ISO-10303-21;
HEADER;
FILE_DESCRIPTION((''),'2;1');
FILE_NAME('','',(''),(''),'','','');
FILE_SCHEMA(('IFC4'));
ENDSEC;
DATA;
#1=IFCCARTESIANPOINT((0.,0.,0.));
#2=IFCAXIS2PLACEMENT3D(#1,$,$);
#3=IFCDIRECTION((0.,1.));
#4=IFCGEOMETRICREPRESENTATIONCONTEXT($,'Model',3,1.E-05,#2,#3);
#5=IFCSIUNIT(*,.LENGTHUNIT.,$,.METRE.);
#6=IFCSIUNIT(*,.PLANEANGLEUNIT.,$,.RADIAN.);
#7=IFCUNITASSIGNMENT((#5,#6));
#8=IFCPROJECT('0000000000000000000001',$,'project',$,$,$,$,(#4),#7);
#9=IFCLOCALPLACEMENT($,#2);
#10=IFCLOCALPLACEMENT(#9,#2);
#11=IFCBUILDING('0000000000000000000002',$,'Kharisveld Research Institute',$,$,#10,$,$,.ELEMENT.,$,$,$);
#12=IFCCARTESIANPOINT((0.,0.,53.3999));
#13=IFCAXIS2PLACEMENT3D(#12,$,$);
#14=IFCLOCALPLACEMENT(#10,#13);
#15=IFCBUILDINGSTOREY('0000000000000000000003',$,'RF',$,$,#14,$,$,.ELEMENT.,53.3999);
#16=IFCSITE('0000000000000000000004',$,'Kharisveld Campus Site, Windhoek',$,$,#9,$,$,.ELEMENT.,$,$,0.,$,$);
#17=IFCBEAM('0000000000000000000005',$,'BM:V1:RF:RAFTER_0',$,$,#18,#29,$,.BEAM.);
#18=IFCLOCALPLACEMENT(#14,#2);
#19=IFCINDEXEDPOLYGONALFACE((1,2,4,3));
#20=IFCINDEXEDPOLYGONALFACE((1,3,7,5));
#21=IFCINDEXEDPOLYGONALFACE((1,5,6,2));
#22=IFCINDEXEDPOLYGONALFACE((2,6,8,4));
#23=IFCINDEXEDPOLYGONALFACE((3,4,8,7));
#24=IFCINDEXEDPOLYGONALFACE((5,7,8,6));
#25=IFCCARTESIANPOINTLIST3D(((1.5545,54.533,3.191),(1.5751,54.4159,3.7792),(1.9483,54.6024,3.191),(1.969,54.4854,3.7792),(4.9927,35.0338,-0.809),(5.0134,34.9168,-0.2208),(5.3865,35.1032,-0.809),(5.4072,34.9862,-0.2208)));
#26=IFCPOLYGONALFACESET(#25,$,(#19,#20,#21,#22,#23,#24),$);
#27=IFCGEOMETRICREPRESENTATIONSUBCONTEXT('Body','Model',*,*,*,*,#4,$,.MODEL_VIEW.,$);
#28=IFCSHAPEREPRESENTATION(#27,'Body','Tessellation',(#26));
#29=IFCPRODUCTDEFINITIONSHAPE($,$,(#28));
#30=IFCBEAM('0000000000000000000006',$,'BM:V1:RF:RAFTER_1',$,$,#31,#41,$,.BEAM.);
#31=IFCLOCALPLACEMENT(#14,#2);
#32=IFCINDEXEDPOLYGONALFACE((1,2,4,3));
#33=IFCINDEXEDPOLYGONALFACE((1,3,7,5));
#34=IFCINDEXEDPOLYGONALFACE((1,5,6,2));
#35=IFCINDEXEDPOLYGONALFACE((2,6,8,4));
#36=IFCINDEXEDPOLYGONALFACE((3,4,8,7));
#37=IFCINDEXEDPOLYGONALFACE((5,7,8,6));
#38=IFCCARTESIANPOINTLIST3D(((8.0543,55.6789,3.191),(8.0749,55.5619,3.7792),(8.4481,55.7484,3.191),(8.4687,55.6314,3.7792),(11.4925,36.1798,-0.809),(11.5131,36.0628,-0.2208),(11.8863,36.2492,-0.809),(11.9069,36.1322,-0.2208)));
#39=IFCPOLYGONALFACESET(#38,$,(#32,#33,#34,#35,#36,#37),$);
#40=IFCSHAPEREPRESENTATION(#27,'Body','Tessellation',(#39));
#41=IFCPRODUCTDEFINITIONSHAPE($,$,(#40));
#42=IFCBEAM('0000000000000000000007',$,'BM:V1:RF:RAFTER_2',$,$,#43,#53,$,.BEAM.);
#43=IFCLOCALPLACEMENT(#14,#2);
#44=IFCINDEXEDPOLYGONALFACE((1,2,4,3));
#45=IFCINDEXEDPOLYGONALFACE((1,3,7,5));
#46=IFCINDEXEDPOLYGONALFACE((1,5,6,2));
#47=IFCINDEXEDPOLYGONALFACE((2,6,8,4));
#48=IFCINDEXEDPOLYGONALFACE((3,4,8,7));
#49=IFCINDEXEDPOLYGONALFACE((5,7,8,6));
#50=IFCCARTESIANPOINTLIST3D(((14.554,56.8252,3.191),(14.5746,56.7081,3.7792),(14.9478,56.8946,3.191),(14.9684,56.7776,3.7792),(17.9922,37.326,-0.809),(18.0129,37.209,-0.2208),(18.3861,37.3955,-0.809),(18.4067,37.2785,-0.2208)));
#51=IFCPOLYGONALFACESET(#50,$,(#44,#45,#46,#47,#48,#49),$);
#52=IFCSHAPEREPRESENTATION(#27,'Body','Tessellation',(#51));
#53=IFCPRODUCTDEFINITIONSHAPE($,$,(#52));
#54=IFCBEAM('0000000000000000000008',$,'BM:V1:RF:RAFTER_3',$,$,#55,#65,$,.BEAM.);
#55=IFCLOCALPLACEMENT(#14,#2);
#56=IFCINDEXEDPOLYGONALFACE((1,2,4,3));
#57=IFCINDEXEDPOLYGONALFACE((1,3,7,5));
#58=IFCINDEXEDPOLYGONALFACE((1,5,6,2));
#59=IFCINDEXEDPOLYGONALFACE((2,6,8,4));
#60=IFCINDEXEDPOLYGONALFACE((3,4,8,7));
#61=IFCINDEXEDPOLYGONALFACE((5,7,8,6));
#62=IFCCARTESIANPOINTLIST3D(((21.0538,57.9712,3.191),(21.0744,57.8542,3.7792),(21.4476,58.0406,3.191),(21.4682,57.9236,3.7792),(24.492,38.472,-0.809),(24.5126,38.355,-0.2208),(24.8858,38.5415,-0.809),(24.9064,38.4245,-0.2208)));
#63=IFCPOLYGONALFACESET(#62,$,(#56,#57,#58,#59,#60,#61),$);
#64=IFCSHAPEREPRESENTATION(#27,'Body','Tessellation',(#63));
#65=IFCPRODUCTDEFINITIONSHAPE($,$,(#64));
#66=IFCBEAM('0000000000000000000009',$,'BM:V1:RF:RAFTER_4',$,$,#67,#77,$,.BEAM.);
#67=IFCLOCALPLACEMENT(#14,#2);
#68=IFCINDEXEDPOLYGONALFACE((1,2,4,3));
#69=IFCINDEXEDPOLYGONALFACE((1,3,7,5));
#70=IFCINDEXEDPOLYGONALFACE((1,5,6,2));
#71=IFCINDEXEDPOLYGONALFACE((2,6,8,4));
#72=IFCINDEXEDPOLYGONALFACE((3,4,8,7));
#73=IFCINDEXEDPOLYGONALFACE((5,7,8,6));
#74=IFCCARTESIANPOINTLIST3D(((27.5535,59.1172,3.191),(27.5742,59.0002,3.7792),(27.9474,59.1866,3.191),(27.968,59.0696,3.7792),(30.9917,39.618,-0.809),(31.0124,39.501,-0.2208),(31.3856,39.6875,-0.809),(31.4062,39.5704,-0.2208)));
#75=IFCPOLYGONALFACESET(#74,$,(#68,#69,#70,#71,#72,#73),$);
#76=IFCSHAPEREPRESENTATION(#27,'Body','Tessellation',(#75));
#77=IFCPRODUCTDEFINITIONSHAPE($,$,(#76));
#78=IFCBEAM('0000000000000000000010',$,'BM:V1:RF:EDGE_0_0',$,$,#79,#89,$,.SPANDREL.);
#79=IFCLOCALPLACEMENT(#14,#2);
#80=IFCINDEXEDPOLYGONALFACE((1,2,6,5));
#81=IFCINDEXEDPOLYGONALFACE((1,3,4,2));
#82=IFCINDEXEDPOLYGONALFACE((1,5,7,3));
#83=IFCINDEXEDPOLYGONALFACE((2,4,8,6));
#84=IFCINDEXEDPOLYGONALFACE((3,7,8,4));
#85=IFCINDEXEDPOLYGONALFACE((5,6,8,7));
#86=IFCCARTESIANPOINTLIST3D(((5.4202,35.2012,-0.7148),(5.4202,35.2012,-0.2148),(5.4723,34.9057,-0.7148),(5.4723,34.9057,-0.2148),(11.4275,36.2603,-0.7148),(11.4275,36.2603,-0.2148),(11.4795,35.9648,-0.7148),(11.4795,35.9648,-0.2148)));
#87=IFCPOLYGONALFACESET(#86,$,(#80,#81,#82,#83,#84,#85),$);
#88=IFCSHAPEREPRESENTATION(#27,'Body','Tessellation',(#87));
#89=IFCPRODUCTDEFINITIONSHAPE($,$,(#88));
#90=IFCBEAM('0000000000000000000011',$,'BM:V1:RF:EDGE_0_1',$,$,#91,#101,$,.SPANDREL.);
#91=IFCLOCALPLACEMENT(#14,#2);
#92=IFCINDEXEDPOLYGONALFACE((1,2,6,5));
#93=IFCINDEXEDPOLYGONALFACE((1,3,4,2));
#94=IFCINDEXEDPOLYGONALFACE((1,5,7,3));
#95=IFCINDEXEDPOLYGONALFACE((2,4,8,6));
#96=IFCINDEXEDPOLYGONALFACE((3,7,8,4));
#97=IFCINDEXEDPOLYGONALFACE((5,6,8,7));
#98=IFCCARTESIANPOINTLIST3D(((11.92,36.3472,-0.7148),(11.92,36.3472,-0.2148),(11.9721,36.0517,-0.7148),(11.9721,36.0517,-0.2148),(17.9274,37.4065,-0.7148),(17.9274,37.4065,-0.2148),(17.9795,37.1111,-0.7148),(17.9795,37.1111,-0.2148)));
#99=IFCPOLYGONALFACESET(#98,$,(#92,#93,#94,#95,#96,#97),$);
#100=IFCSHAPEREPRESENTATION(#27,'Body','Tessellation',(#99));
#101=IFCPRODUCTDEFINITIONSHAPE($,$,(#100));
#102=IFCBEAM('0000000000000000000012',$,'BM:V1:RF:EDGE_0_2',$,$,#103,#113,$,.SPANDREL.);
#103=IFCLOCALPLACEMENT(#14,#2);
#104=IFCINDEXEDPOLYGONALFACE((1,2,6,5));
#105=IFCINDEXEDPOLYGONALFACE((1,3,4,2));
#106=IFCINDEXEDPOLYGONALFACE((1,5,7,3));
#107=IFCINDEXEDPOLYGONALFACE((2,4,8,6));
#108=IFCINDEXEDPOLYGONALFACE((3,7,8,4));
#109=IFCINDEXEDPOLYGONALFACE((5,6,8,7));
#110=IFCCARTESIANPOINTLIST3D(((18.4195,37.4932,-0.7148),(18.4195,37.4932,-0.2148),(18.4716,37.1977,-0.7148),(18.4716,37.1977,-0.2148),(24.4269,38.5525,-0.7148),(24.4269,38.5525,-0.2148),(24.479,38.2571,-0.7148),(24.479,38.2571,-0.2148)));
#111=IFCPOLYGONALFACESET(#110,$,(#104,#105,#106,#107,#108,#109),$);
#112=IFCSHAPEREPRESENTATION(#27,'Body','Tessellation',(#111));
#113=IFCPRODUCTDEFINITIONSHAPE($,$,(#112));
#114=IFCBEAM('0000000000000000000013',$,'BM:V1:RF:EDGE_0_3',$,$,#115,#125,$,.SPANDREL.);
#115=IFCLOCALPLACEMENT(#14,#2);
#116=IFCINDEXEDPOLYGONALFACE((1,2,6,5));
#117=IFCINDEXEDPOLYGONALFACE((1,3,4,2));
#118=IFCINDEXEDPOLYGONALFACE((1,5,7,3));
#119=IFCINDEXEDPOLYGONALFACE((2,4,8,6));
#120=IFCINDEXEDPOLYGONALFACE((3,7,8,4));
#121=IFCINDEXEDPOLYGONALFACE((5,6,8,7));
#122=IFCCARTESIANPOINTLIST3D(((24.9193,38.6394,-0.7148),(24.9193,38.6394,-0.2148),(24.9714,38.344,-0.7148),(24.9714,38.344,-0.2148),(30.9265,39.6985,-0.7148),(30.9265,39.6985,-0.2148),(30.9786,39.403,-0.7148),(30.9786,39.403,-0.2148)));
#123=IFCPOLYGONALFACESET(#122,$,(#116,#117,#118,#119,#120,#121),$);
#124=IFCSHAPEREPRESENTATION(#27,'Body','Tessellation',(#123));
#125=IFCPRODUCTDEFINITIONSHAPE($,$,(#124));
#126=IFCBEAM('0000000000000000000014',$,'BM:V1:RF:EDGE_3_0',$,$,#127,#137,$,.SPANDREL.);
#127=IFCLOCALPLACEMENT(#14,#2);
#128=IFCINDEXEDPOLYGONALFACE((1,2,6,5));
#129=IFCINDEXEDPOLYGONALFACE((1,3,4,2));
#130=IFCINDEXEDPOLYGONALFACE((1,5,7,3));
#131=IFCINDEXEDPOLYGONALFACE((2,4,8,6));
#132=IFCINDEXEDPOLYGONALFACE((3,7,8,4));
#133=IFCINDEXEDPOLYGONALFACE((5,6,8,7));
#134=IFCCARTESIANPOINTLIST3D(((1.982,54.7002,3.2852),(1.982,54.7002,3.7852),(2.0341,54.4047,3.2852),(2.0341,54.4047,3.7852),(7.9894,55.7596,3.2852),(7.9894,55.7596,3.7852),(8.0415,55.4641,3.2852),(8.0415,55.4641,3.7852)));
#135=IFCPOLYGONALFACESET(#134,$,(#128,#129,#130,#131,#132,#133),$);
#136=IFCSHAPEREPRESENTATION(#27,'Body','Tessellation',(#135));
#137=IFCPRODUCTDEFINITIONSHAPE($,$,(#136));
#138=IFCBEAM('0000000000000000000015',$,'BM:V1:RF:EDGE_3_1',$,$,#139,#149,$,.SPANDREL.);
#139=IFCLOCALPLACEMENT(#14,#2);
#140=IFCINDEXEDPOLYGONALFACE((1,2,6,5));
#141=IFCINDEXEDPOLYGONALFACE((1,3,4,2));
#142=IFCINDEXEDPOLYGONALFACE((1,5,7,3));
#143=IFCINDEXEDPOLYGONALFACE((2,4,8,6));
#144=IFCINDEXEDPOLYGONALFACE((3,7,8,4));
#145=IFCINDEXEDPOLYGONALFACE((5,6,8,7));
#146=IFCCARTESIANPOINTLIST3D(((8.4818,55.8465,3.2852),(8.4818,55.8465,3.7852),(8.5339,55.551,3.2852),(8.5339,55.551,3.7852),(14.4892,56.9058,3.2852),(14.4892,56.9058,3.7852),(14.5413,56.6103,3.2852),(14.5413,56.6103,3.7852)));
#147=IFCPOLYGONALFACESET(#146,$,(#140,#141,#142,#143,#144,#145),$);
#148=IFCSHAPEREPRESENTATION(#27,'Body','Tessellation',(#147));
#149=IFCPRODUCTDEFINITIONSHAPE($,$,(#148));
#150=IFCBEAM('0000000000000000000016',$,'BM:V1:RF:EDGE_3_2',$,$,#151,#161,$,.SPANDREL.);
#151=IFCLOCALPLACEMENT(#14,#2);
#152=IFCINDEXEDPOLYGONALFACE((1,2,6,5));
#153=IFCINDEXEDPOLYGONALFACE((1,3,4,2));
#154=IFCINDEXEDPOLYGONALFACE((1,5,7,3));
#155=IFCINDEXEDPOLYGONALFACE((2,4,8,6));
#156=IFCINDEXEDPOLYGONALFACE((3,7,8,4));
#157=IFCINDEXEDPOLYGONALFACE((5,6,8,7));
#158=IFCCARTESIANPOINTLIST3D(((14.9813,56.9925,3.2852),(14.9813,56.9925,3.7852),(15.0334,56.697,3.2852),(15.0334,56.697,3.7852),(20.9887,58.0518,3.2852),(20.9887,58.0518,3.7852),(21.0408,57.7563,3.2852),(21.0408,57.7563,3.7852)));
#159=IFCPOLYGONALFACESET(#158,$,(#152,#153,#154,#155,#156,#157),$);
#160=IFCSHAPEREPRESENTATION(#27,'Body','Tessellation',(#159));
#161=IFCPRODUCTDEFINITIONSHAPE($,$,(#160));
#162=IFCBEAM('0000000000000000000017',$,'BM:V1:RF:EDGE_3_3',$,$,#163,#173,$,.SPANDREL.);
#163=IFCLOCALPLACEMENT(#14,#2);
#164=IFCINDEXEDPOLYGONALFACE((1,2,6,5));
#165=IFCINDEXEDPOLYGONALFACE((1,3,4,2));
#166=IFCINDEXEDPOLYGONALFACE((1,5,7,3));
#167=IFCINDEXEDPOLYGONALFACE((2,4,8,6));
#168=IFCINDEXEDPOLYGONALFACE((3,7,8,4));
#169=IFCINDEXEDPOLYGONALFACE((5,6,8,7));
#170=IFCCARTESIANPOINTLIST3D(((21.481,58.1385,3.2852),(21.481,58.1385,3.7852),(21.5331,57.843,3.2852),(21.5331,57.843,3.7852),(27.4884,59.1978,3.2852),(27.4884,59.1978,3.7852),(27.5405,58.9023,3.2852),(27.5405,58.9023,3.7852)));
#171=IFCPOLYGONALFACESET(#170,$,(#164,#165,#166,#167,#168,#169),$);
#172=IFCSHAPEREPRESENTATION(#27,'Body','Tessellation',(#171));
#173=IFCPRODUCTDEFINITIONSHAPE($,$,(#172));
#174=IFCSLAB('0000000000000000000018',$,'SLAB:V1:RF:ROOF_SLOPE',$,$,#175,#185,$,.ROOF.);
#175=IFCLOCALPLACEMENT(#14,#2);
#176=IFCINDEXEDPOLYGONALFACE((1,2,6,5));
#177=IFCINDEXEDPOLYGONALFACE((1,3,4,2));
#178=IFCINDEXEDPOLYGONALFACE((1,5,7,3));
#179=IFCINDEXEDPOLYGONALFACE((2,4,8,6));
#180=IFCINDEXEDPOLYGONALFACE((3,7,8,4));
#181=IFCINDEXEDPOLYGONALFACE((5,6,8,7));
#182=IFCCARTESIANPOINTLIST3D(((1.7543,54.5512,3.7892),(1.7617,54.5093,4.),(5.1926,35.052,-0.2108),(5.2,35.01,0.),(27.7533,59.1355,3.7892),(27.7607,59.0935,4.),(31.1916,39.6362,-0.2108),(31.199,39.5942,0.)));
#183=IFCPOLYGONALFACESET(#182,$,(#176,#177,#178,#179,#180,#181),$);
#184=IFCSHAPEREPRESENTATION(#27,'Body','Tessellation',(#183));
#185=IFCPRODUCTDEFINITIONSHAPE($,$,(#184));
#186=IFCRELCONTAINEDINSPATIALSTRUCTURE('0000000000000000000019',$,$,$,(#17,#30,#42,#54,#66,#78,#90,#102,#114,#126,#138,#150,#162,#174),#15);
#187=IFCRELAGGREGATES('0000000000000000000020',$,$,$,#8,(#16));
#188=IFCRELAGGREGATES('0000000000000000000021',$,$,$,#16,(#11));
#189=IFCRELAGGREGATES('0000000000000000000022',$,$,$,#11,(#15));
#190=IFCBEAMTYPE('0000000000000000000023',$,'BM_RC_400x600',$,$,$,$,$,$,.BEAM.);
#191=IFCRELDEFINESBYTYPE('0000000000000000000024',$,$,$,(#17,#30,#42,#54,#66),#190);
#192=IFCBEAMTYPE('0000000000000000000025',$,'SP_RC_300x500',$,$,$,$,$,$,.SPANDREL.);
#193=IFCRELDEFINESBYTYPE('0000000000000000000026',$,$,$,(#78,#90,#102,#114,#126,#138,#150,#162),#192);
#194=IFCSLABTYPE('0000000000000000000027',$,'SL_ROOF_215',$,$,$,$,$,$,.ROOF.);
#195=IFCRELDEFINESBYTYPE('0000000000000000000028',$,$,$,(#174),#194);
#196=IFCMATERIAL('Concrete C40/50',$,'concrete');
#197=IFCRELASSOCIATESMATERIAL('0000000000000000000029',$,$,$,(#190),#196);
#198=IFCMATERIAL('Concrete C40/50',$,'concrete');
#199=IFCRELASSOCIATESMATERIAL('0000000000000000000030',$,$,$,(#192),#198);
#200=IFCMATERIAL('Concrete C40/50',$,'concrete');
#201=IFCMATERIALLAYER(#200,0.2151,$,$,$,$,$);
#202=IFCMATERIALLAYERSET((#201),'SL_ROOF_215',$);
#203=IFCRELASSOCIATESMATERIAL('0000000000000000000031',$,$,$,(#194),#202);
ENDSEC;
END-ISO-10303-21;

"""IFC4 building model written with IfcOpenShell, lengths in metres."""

from ifc_helpers import new_model, si_unit, direction, frame, origin, origin_2d, place, context, subcontext, project, spatial, polyline, rectangle, outline, extrude, material, layer, layer_set, material_profile, profile_set, type_object, element, save


model = new_model("IFC4")

# Units and contexts
model_context = context("Model", 3, precision=1e-05, world=origin(), true_north=direction((0.0, 1.0)))
body_context = subcontext(model_context, "Body", "Model", "MODEL_VIEW")
ifc_project = project(units=[si_unit("LENGTHUNIT", "METRE"), si_unit("PLANEANGLEUNIT", "RADIAN")], contexts=[model_context])

# Site, building, storey
site_placement = place(None, origin())
site = spatial("IfcSite", under=ifc_project, at=site_placement, Name="Kharisveld Campus Site, Windhoek", CompositionType="ELEMENT", RefElevation=0.0)
building_placement = place(site_placement, origin())
building = spatial("IfcBuilding", under=site, at=building_placement, Name="Kharisveld Research Institute", CompositionType="ELEMENT")
storey_placement = place(building_placement, frame((0.0, 0.0, 53.3999)))
storey = spatial("IfcBuildingStorey", under=building, at=storey_placement, Name="RF", CompositionType="ELEMENT", Elevation=53.3999)

# Beams
ifc_material_1 = material(Name="Concrete C40/50", Category="concrete")
ifc_material_profile_1 = material_profile(ifc_material_1, rectangle(XDim=0.3999, YDim=0.6001, at=origin_2d()))
ifc_profile_set_1 = profile_set([ifc_material_profile_1], Name="Concrete C40/50")
beam_type_1 = type_object("IfcBeamType", Name="BM_RC_400x600", PredefinedType="BEAM", material=ifc_profile_set_1)
for number, where, z_axis, x_axis, name in (
    (1, (5.2, 35.01, -0.5149), (-0.170209, 0.965307, 0.198019), (-0.984808, -0.173647, 0.0), "BM:V1:RF:RAFTER_0"),
    (2, (11.6997, 36.156, -0.5149), (-0.170209, 0.965307, 0.198019), (-0.984808, -0.173647, 0.0), "BM:V1:RF:RAFTER_1"),
    (3, (18.1995, 37.3022, -0.5149), (-0.170211, 0.965306, 0.198021), (-0.984808, -0.17365, 0.0), "BM:V1:RF:RAFTER_2"),
    (4, (24.6992, 38.4482, -0.5149), (-0.170209, 0.965307, 0.198019), (-0.984808, -0.173647, 0.0), "BM:V1:RF:RAFTER_3"),
    (5, (31.199, 39.5942, -0.5149), (-0.170209, 0.965307, 0.198019), (-0.984808, -0.173647, 0.0), "BM:V1:RF:RAFTER_4"),
):
    element("IfcBeam", number, at=place(storey_placement, frame(where, z_axis=z_axis, x_axis=x_axis)), inside=storey, type_object=beam_type_1, Name=name, PredefinedType="BEAM", context=body_context, shape_type="SweptSolid", body=[
        extrude(rectangle(XDim=0.3999, YDim=0.6001, at=origin_2d()), origin(), (0.0, 0.0, 1.0), 20.2),
    ])
ifc_material_2 = material(Name="Concrete C40/50", Category="concrete")
ifc_material_profile_2 = material_profile(ifc_material_2, rectangle(XDim=0.3, YDim=0.5, at=origin_2d()))
ifc_profile_set_2 = profile_set([ifc_material_profile_2], Name="Concrete C40/50")
beam_type_2 = type_object("IfcBeamType", Name="SP_RC_300x500", PredefinedType="SPANDREL", material=ifc_profile_set_2)
beam_1_placement = place(storey_placement, frame((5.4463, 35.0535, -0.4648), z_axis=(0.984813, 0.173621, 0.0), x_axis=(-0.173621, 0.984813, 0.0)))
element("IfcBeam", 6, at=beam_1_placement, inside=storey, type_object=beam_type_2, Name="BM:V1:RF:EDGE_0_0", PredefinedType="SPANDREL", context=body_context, shape_type="SweptSolid", body=[
    extrude(rectangle(XDim=0.3, YDim=0.5, at=origin_2d()), origin(), (0.0, 0.0, 1.0), 6.0999),
])
for number, where, z_axis, x_axis, name in (
    (7, (11.946, 36.1995, -0.4648), (0.984806, 0.17366, 0.0), (-0.17366, 0.984806, 0.0), "BM:V1:RF:EDGE_0_1"),
    (8, (18.4456, 37.3455, -0.4648), (0.984806, 0.17366, 0.0), (-0.17366, 0.984806, 0.0), "BM:V1:RF:EDGE_0_2"),
):
    element("IfcBeam", number, at=place(storey_placement, frame(where, z_axis=z_axis, x_axis=x_axis)), inside=storey, type_object=beam_type_2, Name=name, PredefinedType="SPANDREL", context=body_context, shape_type="SweptSolid", body=[
        extrude(rectangle(XDim=0.3, YDim=0.5, at=origin_2d()), origin(), (0.0, 0.0, 1.0), 6.1001),
    ])
beam_2_placement = place(storey_placement, frame((24.9453, 38.4917, -0.4648), z_axis=(0.984813, 0.173621, 0.0), x_axis=(-0.173621, 0.984813, 0.0)))
element("IfcBeam", 9, at=beam_2_placement, inside=storey, type_object=beam_type_2, Name="BM:V1:RF:EDGE_0_3", PredefinedType="SPANDREL", context=body_context, shape_type="SweptSolid", body=[
    extrude(rectangle(XDim=0.3, YDim=0.5, at=origin_2d()), origin(), (0.0, 0.0, 1.0), 6.0999),
])
for number, where, z_axis, x_axis, name in (
    (10, (2.0081, 54.5525, 3.5352), (0.984806, 0.17366, 0.0), (-0.17366, 0.984806, 0.0), "BM:V1:RF:EDGE_3_0"),
    (11, (8.5078, 55.6987, 3.5352), (0.984806, 0.17366, 0.0), (-0.17366, 0.984806, 0.0), "BM:V1:RF:EDGE_3_1"),
    (12, (15.0073, 56.8447, 3.5352), (0.984806, 0.17366, 0.0), (-0.17366, 0.984806, 0.0), "BM:V1:RF:EDGE_3_2"),
    (13, (21.5071, 57.9907, 3.5352), (0.984806, 0.17366, 0.0), (-0.17366, 0.984806, 0.0), "BM:V1:RF:EDGE_3_3"),
):
    element("IfcBeam", number, at=place(storey_placement, frame(where, z_axis=z_axis, x_axis=x_axis)), inside=storey, type_object=beam_type_2, Name=name, PredefinedType="SPANDREL", context=body_context, shape_type="SweptSolid", body=[
        extrude(rectangle(XDim=0.3, YDim=0.5, at=origin_2d()), origin(), (0.0, 0.0, 1.0), 6.1001),
    ])

# Slab
ifc_material_3 = material(Name="Concrete C40/50", Category="concrete")
ifc_layer = layer(ifc_material_3, 0.2151)
ifc_layer_set = layer_set([ifc_layer], Name="SL_ROOF_215")
slab_type = type_object("IfcSlabType", Name="SL_ROOF_215", PredefinedType="ROOF", material=ifc_layer_set)
slab_placement = place(storey_placement, frame((5.2, 35.01, 0.0), z_axis=(0.034385, -0.195011, 0.980198), x_axis=(0.984808, 0.173644, 0.0)))
element("IfcSlab", 14, at=slab_placement, inside=storey, type_object=slab_type, Name="SLAB:V1:RF:ROOF_SLOPE", PredefinedType="ROOF", context=body_context, shape_type="SweptSolid", body=[
    extrude(outline(polyline([(0.0, 0.0), (26.4001, 0.0), (26.4, 20.2001), (-0.0001, 20.2001), (0.0, 0.0)])), origin(), (0.0, 0.0, -1.0), 0.2151),
])

save(model, "model.ifc")
